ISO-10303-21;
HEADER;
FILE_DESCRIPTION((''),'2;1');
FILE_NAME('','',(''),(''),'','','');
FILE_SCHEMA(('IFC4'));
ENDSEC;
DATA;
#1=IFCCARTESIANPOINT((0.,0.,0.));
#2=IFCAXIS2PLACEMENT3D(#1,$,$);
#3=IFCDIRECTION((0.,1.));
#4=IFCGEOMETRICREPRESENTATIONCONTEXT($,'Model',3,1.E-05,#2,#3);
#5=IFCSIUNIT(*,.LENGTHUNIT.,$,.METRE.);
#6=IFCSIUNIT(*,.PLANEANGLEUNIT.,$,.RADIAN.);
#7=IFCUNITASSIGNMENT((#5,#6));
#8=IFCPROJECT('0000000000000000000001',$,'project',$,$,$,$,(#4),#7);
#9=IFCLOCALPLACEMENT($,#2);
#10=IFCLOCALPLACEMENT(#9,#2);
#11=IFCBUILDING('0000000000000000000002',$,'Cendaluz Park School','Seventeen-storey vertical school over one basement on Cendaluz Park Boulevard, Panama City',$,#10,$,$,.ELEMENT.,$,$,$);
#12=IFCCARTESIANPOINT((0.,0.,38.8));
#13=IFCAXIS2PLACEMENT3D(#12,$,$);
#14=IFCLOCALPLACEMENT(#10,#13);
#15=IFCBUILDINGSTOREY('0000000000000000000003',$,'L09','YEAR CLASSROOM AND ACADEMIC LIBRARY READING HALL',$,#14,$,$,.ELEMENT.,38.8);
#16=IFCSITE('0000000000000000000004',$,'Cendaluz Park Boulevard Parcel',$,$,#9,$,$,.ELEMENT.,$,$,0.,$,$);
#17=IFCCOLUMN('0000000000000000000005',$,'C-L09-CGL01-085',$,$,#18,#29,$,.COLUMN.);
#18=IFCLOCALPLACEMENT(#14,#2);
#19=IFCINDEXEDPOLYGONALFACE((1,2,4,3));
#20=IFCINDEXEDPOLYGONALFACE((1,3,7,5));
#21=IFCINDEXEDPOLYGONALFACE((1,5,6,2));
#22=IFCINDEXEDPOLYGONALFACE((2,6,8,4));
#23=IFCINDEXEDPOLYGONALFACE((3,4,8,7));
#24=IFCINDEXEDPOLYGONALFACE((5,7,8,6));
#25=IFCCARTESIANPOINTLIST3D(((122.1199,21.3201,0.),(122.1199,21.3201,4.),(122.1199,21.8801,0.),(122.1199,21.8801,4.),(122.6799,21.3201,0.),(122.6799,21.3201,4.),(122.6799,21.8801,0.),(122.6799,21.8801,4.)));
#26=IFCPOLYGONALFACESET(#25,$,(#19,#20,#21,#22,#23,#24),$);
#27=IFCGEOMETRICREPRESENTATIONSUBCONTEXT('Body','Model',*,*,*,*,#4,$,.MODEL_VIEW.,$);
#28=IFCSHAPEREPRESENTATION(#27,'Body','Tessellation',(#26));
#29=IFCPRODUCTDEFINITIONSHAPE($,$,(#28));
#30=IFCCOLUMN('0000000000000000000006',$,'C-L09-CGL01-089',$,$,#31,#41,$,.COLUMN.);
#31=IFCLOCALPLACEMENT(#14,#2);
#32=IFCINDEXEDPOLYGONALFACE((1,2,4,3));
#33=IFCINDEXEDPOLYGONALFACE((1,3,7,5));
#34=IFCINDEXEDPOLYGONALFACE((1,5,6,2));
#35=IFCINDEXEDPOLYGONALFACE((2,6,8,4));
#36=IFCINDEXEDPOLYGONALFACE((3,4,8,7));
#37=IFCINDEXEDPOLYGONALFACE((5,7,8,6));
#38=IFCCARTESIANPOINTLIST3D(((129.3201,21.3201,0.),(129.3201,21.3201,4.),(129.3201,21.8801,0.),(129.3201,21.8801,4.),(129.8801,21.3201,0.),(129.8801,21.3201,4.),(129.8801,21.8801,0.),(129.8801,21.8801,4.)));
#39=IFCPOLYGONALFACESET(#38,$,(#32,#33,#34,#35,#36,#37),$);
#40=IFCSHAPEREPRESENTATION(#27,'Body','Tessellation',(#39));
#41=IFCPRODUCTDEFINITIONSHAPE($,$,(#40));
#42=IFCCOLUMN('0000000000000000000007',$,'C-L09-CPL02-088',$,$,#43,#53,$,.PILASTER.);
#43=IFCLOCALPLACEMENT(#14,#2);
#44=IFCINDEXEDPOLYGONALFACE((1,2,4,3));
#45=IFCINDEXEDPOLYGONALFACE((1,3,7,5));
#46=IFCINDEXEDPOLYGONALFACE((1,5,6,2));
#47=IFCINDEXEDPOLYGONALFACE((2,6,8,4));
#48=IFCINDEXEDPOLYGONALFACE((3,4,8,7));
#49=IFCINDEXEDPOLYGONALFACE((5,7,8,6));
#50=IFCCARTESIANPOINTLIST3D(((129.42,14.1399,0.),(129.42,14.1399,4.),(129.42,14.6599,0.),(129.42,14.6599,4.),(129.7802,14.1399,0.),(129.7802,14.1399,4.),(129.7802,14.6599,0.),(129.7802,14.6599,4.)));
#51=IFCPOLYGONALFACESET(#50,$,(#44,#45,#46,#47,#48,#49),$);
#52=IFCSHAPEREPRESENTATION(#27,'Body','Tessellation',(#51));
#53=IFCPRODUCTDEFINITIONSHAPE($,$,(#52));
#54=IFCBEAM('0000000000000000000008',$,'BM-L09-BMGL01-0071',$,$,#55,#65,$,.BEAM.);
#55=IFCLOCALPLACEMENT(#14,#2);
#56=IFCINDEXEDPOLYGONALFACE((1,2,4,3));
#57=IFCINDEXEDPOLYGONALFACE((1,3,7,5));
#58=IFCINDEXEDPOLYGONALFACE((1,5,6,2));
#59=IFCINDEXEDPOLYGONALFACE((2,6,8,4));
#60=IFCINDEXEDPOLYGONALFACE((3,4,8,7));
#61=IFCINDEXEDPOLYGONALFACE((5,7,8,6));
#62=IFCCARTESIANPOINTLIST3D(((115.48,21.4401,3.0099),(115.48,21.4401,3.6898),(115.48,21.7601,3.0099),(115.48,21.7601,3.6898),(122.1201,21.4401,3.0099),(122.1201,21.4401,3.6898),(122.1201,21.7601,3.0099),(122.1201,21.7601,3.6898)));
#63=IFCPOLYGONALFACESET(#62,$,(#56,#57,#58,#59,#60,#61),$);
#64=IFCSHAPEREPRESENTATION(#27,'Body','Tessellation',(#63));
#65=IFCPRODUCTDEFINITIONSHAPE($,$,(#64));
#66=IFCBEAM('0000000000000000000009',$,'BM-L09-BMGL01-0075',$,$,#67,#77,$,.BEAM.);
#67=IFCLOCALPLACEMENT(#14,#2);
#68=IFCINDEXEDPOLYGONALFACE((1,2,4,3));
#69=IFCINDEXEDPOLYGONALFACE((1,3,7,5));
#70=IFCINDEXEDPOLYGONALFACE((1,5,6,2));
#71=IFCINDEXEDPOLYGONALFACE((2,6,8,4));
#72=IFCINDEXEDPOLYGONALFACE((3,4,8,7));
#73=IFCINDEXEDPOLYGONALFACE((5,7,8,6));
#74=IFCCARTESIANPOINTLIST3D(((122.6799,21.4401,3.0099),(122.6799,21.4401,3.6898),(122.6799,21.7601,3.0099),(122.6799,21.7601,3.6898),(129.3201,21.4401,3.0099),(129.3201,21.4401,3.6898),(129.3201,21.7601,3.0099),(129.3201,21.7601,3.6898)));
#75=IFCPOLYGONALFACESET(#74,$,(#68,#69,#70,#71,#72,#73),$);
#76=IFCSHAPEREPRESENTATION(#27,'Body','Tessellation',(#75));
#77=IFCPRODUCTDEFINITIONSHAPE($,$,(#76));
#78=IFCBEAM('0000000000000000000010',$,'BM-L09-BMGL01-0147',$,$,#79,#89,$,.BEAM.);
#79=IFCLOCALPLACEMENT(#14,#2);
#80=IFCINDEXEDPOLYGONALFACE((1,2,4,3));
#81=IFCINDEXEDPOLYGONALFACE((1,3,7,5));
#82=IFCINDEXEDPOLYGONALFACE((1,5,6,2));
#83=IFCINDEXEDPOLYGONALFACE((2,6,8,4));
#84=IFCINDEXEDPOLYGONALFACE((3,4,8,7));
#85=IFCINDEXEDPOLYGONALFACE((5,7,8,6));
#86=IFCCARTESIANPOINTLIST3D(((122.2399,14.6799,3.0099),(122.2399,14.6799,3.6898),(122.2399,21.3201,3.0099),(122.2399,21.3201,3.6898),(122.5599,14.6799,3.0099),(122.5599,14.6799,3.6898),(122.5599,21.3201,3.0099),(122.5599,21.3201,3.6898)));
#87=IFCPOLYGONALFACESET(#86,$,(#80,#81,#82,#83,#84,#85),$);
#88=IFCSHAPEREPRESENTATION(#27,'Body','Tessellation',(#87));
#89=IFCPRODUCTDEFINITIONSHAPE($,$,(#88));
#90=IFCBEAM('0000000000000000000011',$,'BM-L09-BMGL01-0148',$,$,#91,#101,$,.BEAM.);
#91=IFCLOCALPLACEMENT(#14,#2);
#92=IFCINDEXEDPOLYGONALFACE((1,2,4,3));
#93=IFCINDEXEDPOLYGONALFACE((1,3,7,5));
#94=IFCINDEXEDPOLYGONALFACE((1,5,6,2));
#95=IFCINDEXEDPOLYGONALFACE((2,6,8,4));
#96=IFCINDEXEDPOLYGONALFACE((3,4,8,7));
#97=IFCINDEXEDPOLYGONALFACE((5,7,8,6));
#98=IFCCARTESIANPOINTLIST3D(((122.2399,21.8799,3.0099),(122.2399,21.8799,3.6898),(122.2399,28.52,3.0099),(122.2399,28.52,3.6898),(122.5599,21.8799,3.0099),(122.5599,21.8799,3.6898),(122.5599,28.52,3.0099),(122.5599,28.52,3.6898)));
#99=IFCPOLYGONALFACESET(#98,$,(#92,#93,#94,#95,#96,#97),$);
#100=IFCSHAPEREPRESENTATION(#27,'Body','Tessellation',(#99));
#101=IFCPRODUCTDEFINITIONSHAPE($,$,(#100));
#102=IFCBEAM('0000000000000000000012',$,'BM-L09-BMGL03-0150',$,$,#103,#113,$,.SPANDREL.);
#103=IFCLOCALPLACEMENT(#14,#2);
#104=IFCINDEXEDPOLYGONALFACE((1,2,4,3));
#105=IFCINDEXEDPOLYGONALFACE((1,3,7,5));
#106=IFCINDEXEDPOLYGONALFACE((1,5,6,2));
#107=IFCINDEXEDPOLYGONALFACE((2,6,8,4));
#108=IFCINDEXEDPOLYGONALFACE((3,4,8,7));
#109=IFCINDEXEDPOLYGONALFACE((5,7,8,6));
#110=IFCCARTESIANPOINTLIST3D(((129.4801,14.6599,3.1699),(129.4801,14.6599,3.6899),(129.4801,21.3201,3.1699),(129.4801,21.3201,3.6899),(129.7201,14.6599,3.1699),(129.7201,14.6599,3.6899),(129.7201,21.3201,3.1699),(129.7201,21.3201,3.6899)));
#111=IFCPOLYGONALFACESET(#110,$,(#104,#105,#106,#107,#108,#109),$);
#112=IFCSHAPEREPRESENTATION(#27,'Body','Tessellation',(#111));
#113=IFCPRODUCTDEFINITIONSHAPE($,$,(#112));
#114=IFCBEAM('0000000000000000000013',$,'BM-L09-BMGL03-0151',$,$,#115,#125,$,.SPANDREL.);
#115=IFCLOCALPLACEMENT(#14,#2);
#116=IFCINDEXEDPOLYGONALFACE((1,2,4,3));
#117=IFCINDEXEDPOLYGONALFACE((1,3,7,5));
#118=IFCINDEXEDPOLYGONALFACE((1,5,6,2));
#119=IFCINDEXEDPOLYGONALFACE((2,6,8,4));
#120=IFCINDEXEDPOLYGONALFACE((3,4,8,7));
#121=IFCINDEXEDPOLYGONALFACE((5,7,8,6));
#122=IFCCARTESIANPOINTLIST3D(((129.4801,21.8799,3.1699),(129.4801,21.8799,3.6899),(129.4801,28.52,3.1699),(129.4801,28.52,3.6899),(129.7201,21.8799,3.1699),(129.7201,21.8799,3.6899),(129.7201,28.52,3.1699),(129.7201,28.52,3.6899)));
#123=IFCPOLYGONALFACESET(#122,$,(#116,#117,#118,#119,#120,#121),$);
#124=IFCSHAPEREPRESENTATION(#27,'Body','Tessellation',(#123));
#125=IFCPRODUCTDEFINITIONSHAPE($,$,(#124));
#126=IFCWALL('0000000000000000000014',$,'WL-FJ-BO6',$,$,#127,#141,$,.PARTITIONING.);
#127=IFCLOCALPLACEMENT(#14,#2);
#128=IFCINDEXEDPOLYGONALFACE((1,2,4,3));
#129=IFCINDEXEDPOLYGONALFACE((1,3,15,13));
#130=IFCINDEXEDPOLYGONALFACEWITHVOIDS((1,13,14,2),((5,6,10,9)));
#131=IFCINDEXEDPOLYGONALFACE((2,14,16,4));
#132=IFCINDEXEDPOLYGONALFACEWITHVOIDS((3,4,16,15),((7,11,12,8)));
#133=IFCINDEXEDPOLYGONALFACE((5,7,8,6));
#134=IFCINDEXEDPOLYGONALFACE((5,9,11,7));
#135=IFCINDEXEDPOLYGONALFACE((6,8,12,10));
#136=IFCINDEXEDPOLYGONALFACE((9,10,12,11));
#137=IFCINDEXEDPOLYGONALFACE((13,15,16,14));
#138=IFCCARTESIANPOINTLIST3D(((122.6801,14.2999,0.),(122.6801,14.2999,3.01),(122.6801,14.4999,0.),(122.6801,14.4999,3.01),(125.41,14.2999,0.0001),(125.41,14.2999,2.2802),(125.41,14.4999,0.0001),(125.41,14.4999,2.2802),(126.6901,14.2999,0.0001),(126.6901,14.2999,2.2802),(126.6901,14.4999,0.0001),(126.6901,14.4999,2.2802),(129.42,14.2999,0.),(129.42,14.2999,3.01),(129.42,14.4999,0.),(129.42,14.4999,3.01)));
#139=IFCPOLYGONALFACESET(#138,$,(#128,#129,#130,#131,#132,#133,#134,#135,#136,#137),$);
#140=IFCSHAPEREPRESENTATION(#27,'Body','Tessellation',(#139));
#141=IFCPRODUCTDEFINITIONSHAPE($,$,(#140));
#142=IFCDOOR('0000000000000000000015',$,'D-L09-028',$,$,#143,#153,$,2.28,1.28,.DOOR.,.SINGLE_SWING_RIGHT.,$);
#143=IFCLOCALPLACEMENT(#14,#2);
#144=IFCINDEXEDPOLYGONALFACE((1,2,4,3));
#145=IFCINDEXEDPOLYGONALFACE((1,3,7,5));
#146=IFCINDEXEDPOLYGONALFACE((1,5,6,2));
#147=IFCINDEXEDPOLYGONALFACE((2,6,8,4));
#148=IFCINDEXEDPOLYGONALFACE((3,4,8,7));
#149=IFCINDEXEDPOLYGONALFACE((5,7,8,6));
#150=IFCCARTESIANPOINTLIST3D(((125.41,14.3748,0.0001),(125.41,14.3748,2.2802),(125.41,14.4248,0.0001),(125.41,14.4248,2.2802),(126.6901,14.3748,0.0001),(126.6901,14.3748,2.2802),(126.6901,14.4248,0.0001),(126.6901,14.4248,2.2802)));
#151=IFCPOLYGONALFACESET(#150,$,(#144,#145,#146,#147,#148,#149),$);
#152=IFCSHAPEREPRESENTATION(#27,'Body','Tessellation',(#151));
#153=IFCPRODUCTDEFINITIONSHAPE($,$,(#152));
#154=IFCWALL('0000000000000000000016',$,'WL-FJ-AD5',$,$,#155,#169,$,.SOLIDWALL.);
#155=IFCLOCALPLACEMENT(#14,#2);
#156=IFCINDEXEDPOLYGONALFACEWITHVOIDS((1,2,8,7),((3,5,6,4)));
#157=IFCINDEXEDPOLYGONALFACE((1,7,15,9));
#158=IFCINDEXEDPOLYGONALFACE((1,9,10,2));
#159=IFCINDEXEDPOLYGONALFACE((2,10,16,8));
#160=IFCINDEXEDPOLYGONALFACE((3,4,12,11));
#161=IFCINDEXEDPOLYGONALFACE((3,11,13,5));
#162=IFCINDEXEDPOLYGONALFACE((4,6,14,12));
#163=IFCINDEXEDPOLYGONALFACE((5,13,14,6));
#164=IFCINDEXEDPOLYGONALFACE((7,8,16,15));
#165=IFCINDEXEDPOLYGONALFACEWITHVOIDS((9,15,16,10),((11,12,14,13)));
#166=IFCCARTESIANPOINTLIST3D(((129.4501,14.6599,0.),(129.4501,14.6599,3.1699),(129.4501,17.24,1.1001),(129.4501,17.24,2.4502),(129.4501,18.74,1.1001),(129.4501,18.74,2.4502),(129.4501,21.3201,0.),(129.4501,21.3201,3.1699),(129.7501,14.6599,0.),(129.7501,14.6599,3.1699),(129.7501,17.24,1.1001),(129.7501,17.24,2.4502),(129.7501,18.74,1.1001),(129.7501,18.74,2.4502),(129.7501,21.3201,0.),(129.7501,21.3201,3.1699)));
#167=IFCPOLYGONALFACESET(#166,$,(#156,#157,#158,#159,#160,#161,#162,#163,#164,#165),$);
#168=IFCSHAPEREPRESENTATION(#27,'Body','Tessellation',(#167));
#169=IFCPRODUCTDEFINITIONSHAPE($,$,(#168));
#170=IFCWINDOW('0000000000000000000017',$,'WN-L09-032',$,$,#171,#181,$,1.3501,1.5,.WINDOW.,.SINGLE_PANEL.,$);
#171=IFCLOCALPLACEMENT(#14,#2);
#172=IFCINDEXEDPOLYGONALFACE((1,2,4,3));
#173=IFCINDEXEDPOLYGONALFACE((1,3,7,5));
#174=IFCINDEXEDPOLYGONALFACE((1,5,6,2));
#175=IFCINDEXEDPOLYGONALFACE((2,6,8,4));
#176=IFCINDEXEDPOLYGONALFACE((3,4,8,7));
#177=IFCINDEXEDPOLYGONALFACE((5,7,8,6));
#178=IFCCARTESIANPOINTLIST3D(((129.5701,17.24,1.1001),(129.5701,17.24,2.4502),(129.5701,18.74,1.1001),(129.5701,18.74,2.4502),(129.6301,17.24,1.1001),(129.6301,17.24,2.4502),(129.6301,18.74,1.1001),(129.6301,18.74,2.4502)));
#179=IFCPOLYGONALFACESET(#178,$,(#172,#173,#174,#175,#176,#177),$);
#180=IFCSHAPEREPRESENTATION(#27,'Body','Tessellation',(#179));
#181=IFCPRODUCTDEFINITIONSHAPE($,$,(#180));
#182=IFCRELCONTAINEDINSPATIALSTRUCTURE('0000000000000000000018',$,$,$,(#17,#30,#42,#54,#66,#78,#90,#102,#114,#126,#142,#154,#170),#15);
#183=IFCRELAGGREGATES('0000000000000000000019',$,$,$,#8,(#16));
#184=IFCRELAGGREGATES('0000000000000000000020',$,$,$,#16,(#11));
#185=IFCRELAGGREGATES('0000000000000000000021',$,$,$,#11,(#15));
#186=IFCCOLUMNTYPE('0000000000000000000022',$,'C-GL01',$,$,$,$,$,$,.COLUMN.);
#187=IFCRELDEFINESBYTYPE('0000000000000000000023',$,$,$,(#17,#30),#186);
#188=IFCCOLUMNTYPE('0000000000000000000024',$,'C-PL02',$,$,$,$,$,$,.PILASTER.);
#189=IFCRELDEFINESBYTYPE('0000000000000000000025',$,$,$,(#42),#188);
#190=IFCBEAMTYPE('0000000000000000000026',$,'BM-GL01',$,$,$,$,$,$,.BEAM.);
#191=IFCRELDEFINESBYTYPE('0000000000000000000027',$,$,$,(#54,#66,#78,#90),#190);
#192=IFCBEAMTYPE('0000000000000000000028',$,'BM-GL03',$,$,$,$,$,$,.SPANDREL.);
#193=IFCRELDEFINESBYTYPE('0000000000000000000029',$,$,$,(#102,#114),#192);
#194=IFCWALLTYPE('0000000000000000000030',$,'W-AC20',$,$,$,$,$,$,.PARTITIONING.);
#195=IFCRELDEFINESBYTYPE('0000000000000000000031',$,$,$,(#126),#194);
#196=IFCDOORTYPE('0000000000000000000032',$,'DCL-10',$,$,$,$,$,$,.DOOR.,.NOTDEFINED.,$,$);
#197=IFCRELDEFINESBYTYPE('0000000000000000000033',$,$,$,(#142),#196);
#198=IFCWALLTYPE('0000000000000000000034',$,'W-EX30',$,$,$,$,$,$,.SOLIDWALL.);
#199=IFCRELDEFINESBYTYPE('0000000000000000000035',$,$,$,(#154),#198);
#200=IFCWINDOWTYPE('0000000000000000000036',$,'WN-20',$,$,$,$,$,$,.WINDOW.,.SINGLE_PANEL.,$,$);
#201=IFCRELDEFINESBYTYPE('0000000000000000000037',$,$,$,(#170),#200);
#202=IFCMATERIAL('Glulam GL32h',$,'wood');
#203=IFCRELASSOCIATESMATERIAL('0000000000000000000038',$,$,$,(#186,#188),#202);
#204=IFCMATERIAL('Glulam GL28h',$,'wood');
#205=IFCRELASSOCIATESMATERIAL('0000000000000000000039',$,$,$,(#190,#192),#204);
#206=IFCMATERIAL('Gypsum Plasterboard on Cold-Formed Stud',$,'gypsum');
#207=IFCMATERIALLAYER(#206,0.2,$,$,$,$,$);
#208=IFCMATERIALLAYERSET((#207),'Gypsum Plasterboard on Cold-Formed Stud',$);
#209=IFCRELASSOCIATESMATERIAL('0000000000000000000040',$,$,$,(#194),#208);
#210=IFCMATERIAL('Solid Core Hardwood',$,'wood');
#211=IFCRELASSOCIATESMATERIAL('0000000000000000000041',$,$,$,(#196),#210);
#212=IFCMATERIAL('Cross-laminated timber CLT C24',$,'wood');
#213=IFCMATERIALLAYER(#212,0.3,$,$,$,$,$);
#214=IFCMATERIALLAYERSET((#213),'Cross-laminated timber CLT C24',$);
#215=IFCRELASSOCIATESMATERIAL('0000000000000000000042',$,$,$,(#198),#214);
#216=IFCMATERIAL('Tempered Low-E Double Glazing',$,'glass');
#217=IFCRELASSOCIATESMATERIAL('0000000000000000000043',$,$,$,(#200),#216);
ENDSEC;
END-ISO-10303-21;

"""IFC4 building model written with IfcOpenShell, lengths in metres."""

from ifc_helpers import new_model, si_unit, direction, frame, frame_2d, origin, origin_2d, place, context, subcontext, project, spatial, rectangle, extrude, material, layer, layer_set, material_profile, profile_set, type_object, element, fill, save


model = new_model("IFC4")

# Units and contexts
model_context = context("Model", 3, precision=1e-05, world=origin(), true_north=direction((0.0, 1.0)))
body_context = subcontext(model_context, "Body", "Model", "MODEL_VIEW")
ifc_project = project(units=[si_unit("LENGTHUNIT", "METRE"), si_unit("PLANEANGLEUNIT", "RADIAN")], contexts=[model_context])

# Site, building, storey
site_placement = place(None, origin())
site = spatial("IfcSite", under=ifc_project, at=site_placement, Name="Cendaluz Park Boulevard Parcel", CompositionType="ELEMENT", RefElevation=0.0)
building_placement = place(site_placement, origin())
building = spatial("IfcBuilding", under=site, at=building_placement, Name="Cendaluz Park School", Description="Seventeen-storey vertical school over one basement on Cendaluz Park Boulevard, Panama City", CompositionType="ELEMENT")
storey_placement = place(building_placement, frame((0.0, 0.0, 38.8)))
storey = spatial("IfcBuildingStorey", under=building, at=storey_placement, Name="L09", Description="YEAR CLASSROOM AND ACADEMIC LIBRARY READING HALL", CompositionType="ELEMENT", Elevation=38.8)

# Columns
ifc_material_1 = material(Name="Glulam GL32h", Category="wood")
ifc_material_profile_1 = material_profile(ifc_material_1, rectangle(XDim=0.5601, YDim=0.5601, at=origin_2d()), Name="GL32h 560x560", Category="wood")
ifc_profile_set_1 = profile_set([ifc_material_profile_1], Name="Glulam GL32h")
column_type_1 = type_object("IfcColumnType", Name="C-GL01", PredefinedType="COLUMN", material=ifc_profile_set_1)
for number, where, z_axis, x_axis, name in (
    (1, (122.3999, 21.6001, 0.0), (0.0, 0.0, 1.0), (1.0, 0.0, 0.0), "C-L09-CGL01-085"),
    (2, (129.6001, 21.6001, 0.0), (0.0, 0.0, 1.0), (1.0, 0.0, 0.0), "C-L09-CGL01-089"),
):
    element("IfcColumn", number, at=place(storey_placement, frame(where, z_axis=z_axis, x_axis=x_axis)), inside=storey, type_object=column_type_1, Name=name, PredefinedType="COLUMN", context=body_context, shape_type="SweptSolid", body=[
        extrude(rectangle(XDim=0.5601, YDim=0.5601, at=origin_2d()), origin(), (0.0, 0.0, 1.0), 4.0),
    ])
ifc_material_profile_2 = material_profile(ifc_material_1, rectangle(XDim=0.3601, YDim=0.52, at=origin_2d()), Name="GL32h 360x520", Category="wood")
ifc_profile_set_2 = profile_set([ifc_material_profile_2], Name="Glulam GL32h")
column_type_2 = type_object("IfcColumnType", Name="C-PL02", PredefinedType="PILASTER", material=ifc_profile_set_2)
column_placement = place(storey_placement, frame((129.6001, 14.3999, 0.0), z_axis=(0.0, 0.0, 1.0), x_axis=(1.0, 0.0, 0.0)))
element("IfcColumn", 3, at=column_placement, inside=storey, type_object=column_type_2, Name="C-L09-CPL02-088", PredefinedType="PILASTER", context=body_context, shape_type="SweptSolid", body=[
    extrude(rectangle(XDim=0.3601, YDim=0.52, at=origin_2d()), origin(), (0.0, 0.0, 1.0), 4.0),
])

# Beams
ifc_material_2 = material(Name="Glulam GL28h", Category="wood")
ifc_material_profile_3 = material_profile(ifc_material_2, rectangle(XDim=0.3201, YDim=0.6799, at=origin_2d()), Name="GL28h 320x680", Category="wood")
ifc_profile_set_3 = profile_set([ifc_material_profile_3], Name="Glulam GL28h")
beam_type_1 = type_object("IfcBeamType", Name="BM-GL01", PredefinedType="BEAM", material=ifc_profile_set_3)
for number, where, z_axis, x_axis, name in (
    (4, (115.48, 21.6001, 3.3499), (1.0, 0.0, 0.0), (0.0, 1.0, 0.0), "BM-L09-BMGL01-0071"),
    (5, (122.6799, 21.6001, 3.3499), (1.0, 0.0, 0.0), (0.0, 1.0, 0.0), "BM-L09-BMGL01-0075"),
    (6, (122.3999, 14.6799, 3.3499), (0.0, 1.0, 0.0), (-1.0, 0.0, 0.0), "BM-L09-BMGL01-0147"),
    (7, (122.3999, 21.8799, 3.3499), (0.0, 1.0, 0.0), (-1.0, 0.0, 0.0), "BM-L09-BMGL01-0148"),
):
    element("IfcBeam", number, at=place(storey_placement, frame(where, z_axis=z_axis, x_axis=x_axis)), inside=storey, type_object=beam_type_1, Name=name, PredefinedType="BEAM", context=body_context, shape_type="SweptSolid", body=[
        extrude(rectangle(XDim=0.3201, YDim=0.6799, at=origin_2d()), origin(), (0.0, 0.0, 1.0), 6.6401),
    ])
ifc_material_profile_4 = material_profile(ifc_material_2, rectangle(XDim=0.24, YDim=0.52, at=origin_2d()), Name="GL28h 240x520", Category="wood")
ifc_profile_set_4 = profile_set([ifc_material_profile_4], Name="Glulam GL28h")
beam_type_2 = type_object("IfcBeamType", Name="BM-GL03", PredefinedType="SPANDREL", material=ifc_profile_set_4)
beam_1_placement = place(storey_placement, frame((129.6001, 14.6599, 3.4299), z_axis=(0.0, 1.0, 0.0), x_axis=(-1.0, 0.0, 0.0)))
element("IfcBeam", 8, at=beam_1_placement, inside=storey, type_object=beam_type_2, Name="BM-L09-BMGL03-0150", PredefinedType="SPANDREL", context=body_context, shape_type="SweptSolid", body=[
    extrude(rectangle(XDim=0.24, YDim=0.52, at=origin_2d()), origin(), (0.0, 0.0, 1.0), 6.6602),
])
beam_2_placement = place(storey_placement, frame((129.6001, 21.8799, 3.4299), z_axis=(0.0, 1.0, 0.0), x_axis=(-1.0, 0.0, 0.0)))
element("IfcBeam", 9, at=beam_2_placement, inside=storey, type_object=beam_type_2, Name="BM-L09-BMGL03-0151", PredefinedType="SPANDREL", context=body_context, shape_type="SweptSolid", body=[
    extrude(rectangle(XDim=0.24, YDim=0.52, at=origin_2d()), origin(), (0.0, 0.0, 1.0), 6.6401),
])

# Wall, opening, door
ifc_material_3 = material(Name="Gypsum Plasterboard on Cold-Formed Stud", Category="gypsum")
ifc_layer_1 = layer(ifc_material_3, 0.2)
ifc_layer_set_1 = layer_set([ifc_layer_1], Name="Gypsum Plasterboard on Cold-Formed Stud")
wall_type_1 = type_object("IfcWallType", Name="W-AC20", PredefinedType="PARTITIONING", material=ifc_layer_set_1)
wall_1_placement = place(storey_placement, frame((122.6799, 14.3999, 0.0), z_axis=(0.0, 0.0, 1.0), x_axis=(1.0, 0.0, 0.0)))
wall_1 = element("IfcWall", 10, at=wall_1_placement, inside=storey, type_object=wall_type_1, Name="WL-FJ-BO6", PredefinedType="PARTITIONING", context=body_context, shape_type="SweptSolid", body=[
    extrude(rectangle(XDim=6.74, YDim=0.2, at=frame_2d((3.3701, 0.0))), origin(), (0.0, 0.0, 1.0), 3.01),
])
opening_1_placement = place(wall_1_placement, frame((2.73, 0.0, 0.0)))
opening_1 = element("IfcOpeningElement", 11, at=opening_1_placement, cuts=wall_1, PredefinedType="OPENING", context=body_context, shape_type="SweptSolid", body=[
    extrude(rectangle(XDim=1.28, YDim=2.28, at=frame_2d((0.6401, 1.1401))), frame((0.0, 0.1121, 0.0), z_axis=(0.0, -1.0, 0.0), x_axis=(1.0, 0.0, 0.0)), (0.0, 0.0, 1.0), 0.2239),
])
ifc_material_4 = material(Name="Solid Core Hardwood", Category="wood")
door_type = type_object("IfcDoorType", Name="DCL-10", OperationType="NOTDEFINED", PredefinedType="DOOR", material=ifc_material_4)
door_placement = place(opening_1_placement, origin())
door = element("IfcDoor", 12, at=door_placement, inside=storey, type_object=door_type, Name="D-L09-028", OperationType="SINGLE_SWING_RIGHT", OverallHeight=2.28, OverallWidth=1.28, PredefinedType="DOOR", context=body_context, shape_type="SweptSolid", body=[
    extrude(rectangle(XDim=1.28, YDim=2.28, at=frame_2d((0.6401, 1.1401))), frame((0.0, 0.0249, 0.0), z_axis=(0.0, -1.0, 0.0), x_axis=(1.0, 0.0, 0.0)), (0.0, 0.0, 1.0), 0.05),
])
fill(opening_1, door)

# Wall, opening, window
ifc_material_5 = material(Name="Cross-laminated timber CLT C24", Category="wood")
ifc_layer_2 = layer(ifc_material_5, 0.3)
ifc_layer_set_2 = layer_set([ifc_layer_2], Name="Cross-laminated timber CLT C24")
wall_type_2 = type_object("IfcWallType", Name="W-EX30", PredefinedType="SOLIDWALL", material=ifc_layer_set_2)
wall_2_placement = place(storey_placement, frame((129.6001, 14.6599, 0.0), z_axis=(0.0, 0.0, 1.0), x_axis=(0.0, 1.0, 0.0)))
wall_2 = element("IfcWall", 13, at=wall_2_placement, inside=storey, type_object=wall_type_2, Name="WL-FJ-AD5", PredefinedType="SOLIDWALL", context=body_context, shape_type="SweptSolid", body=[
    extrude(rectangle(XDim=6.6602, YDim=0.3, at=frame_2d((3.3301, 0.0))), origin(), (0.0, 0.0, 1.0), 3.1699),
])
opening_2_placement = place(wall_2_placement, frame((2.5801, 0.0, 1.1001)))
opening_2 = element("IfcOpeningElement", 14, at=opening_2_placement, cuts=wall_2, PredefinedType="OPENING", context=body_context, shape_type="SweptSolid", body=[
    extrude(rectangle(XDim=1.5, YDim=1.3501, at=frame_2d((0.75, 0.675))), frame((0.0, 0.1621, 0.0), z_axis=(0.0, -1.0, 0.0), x_axis=(1.0, 0.0, 0.0)), (0.0, 0.0, 1.0), 0.324),
])
ifc_material_6 = material(Name="Tempered Low-E Double Glazing", Category="glass")
window_type = type_object("IfcWindowType", Name="WN-20", PartitioningType="SINGLE_PANEL", PredefinedType="WINDOW", material=ifc_material_6)
window_1_placement = place(opening_2_placement, origin())
window_1 = element("IfcWindow", 15, at=window_1_placement, inside=storey, type_object=window_type, Name="WN-L09-032", OverallHeight=1.3501, OverallWidth=1.5, PartitioningType="SINGLE_PANEL", PredefinedType="WINDOW", context=body_context, shape_type="SweptSolid", body=[
    extrude(rectangle(XDim=1.5, YDim=1.3501, at=frame_2d((0.75, 0.675))), frame((0.0, 0.03, 0.0), z_axis=(0.0, -1.0, 0.0), x_axis=(1.0, 0.0, 0.0)), (0.0, 0.0, 1.0), 0.0601),
])
fill(opening_2, window_1)

save(model, "model.ifc")
